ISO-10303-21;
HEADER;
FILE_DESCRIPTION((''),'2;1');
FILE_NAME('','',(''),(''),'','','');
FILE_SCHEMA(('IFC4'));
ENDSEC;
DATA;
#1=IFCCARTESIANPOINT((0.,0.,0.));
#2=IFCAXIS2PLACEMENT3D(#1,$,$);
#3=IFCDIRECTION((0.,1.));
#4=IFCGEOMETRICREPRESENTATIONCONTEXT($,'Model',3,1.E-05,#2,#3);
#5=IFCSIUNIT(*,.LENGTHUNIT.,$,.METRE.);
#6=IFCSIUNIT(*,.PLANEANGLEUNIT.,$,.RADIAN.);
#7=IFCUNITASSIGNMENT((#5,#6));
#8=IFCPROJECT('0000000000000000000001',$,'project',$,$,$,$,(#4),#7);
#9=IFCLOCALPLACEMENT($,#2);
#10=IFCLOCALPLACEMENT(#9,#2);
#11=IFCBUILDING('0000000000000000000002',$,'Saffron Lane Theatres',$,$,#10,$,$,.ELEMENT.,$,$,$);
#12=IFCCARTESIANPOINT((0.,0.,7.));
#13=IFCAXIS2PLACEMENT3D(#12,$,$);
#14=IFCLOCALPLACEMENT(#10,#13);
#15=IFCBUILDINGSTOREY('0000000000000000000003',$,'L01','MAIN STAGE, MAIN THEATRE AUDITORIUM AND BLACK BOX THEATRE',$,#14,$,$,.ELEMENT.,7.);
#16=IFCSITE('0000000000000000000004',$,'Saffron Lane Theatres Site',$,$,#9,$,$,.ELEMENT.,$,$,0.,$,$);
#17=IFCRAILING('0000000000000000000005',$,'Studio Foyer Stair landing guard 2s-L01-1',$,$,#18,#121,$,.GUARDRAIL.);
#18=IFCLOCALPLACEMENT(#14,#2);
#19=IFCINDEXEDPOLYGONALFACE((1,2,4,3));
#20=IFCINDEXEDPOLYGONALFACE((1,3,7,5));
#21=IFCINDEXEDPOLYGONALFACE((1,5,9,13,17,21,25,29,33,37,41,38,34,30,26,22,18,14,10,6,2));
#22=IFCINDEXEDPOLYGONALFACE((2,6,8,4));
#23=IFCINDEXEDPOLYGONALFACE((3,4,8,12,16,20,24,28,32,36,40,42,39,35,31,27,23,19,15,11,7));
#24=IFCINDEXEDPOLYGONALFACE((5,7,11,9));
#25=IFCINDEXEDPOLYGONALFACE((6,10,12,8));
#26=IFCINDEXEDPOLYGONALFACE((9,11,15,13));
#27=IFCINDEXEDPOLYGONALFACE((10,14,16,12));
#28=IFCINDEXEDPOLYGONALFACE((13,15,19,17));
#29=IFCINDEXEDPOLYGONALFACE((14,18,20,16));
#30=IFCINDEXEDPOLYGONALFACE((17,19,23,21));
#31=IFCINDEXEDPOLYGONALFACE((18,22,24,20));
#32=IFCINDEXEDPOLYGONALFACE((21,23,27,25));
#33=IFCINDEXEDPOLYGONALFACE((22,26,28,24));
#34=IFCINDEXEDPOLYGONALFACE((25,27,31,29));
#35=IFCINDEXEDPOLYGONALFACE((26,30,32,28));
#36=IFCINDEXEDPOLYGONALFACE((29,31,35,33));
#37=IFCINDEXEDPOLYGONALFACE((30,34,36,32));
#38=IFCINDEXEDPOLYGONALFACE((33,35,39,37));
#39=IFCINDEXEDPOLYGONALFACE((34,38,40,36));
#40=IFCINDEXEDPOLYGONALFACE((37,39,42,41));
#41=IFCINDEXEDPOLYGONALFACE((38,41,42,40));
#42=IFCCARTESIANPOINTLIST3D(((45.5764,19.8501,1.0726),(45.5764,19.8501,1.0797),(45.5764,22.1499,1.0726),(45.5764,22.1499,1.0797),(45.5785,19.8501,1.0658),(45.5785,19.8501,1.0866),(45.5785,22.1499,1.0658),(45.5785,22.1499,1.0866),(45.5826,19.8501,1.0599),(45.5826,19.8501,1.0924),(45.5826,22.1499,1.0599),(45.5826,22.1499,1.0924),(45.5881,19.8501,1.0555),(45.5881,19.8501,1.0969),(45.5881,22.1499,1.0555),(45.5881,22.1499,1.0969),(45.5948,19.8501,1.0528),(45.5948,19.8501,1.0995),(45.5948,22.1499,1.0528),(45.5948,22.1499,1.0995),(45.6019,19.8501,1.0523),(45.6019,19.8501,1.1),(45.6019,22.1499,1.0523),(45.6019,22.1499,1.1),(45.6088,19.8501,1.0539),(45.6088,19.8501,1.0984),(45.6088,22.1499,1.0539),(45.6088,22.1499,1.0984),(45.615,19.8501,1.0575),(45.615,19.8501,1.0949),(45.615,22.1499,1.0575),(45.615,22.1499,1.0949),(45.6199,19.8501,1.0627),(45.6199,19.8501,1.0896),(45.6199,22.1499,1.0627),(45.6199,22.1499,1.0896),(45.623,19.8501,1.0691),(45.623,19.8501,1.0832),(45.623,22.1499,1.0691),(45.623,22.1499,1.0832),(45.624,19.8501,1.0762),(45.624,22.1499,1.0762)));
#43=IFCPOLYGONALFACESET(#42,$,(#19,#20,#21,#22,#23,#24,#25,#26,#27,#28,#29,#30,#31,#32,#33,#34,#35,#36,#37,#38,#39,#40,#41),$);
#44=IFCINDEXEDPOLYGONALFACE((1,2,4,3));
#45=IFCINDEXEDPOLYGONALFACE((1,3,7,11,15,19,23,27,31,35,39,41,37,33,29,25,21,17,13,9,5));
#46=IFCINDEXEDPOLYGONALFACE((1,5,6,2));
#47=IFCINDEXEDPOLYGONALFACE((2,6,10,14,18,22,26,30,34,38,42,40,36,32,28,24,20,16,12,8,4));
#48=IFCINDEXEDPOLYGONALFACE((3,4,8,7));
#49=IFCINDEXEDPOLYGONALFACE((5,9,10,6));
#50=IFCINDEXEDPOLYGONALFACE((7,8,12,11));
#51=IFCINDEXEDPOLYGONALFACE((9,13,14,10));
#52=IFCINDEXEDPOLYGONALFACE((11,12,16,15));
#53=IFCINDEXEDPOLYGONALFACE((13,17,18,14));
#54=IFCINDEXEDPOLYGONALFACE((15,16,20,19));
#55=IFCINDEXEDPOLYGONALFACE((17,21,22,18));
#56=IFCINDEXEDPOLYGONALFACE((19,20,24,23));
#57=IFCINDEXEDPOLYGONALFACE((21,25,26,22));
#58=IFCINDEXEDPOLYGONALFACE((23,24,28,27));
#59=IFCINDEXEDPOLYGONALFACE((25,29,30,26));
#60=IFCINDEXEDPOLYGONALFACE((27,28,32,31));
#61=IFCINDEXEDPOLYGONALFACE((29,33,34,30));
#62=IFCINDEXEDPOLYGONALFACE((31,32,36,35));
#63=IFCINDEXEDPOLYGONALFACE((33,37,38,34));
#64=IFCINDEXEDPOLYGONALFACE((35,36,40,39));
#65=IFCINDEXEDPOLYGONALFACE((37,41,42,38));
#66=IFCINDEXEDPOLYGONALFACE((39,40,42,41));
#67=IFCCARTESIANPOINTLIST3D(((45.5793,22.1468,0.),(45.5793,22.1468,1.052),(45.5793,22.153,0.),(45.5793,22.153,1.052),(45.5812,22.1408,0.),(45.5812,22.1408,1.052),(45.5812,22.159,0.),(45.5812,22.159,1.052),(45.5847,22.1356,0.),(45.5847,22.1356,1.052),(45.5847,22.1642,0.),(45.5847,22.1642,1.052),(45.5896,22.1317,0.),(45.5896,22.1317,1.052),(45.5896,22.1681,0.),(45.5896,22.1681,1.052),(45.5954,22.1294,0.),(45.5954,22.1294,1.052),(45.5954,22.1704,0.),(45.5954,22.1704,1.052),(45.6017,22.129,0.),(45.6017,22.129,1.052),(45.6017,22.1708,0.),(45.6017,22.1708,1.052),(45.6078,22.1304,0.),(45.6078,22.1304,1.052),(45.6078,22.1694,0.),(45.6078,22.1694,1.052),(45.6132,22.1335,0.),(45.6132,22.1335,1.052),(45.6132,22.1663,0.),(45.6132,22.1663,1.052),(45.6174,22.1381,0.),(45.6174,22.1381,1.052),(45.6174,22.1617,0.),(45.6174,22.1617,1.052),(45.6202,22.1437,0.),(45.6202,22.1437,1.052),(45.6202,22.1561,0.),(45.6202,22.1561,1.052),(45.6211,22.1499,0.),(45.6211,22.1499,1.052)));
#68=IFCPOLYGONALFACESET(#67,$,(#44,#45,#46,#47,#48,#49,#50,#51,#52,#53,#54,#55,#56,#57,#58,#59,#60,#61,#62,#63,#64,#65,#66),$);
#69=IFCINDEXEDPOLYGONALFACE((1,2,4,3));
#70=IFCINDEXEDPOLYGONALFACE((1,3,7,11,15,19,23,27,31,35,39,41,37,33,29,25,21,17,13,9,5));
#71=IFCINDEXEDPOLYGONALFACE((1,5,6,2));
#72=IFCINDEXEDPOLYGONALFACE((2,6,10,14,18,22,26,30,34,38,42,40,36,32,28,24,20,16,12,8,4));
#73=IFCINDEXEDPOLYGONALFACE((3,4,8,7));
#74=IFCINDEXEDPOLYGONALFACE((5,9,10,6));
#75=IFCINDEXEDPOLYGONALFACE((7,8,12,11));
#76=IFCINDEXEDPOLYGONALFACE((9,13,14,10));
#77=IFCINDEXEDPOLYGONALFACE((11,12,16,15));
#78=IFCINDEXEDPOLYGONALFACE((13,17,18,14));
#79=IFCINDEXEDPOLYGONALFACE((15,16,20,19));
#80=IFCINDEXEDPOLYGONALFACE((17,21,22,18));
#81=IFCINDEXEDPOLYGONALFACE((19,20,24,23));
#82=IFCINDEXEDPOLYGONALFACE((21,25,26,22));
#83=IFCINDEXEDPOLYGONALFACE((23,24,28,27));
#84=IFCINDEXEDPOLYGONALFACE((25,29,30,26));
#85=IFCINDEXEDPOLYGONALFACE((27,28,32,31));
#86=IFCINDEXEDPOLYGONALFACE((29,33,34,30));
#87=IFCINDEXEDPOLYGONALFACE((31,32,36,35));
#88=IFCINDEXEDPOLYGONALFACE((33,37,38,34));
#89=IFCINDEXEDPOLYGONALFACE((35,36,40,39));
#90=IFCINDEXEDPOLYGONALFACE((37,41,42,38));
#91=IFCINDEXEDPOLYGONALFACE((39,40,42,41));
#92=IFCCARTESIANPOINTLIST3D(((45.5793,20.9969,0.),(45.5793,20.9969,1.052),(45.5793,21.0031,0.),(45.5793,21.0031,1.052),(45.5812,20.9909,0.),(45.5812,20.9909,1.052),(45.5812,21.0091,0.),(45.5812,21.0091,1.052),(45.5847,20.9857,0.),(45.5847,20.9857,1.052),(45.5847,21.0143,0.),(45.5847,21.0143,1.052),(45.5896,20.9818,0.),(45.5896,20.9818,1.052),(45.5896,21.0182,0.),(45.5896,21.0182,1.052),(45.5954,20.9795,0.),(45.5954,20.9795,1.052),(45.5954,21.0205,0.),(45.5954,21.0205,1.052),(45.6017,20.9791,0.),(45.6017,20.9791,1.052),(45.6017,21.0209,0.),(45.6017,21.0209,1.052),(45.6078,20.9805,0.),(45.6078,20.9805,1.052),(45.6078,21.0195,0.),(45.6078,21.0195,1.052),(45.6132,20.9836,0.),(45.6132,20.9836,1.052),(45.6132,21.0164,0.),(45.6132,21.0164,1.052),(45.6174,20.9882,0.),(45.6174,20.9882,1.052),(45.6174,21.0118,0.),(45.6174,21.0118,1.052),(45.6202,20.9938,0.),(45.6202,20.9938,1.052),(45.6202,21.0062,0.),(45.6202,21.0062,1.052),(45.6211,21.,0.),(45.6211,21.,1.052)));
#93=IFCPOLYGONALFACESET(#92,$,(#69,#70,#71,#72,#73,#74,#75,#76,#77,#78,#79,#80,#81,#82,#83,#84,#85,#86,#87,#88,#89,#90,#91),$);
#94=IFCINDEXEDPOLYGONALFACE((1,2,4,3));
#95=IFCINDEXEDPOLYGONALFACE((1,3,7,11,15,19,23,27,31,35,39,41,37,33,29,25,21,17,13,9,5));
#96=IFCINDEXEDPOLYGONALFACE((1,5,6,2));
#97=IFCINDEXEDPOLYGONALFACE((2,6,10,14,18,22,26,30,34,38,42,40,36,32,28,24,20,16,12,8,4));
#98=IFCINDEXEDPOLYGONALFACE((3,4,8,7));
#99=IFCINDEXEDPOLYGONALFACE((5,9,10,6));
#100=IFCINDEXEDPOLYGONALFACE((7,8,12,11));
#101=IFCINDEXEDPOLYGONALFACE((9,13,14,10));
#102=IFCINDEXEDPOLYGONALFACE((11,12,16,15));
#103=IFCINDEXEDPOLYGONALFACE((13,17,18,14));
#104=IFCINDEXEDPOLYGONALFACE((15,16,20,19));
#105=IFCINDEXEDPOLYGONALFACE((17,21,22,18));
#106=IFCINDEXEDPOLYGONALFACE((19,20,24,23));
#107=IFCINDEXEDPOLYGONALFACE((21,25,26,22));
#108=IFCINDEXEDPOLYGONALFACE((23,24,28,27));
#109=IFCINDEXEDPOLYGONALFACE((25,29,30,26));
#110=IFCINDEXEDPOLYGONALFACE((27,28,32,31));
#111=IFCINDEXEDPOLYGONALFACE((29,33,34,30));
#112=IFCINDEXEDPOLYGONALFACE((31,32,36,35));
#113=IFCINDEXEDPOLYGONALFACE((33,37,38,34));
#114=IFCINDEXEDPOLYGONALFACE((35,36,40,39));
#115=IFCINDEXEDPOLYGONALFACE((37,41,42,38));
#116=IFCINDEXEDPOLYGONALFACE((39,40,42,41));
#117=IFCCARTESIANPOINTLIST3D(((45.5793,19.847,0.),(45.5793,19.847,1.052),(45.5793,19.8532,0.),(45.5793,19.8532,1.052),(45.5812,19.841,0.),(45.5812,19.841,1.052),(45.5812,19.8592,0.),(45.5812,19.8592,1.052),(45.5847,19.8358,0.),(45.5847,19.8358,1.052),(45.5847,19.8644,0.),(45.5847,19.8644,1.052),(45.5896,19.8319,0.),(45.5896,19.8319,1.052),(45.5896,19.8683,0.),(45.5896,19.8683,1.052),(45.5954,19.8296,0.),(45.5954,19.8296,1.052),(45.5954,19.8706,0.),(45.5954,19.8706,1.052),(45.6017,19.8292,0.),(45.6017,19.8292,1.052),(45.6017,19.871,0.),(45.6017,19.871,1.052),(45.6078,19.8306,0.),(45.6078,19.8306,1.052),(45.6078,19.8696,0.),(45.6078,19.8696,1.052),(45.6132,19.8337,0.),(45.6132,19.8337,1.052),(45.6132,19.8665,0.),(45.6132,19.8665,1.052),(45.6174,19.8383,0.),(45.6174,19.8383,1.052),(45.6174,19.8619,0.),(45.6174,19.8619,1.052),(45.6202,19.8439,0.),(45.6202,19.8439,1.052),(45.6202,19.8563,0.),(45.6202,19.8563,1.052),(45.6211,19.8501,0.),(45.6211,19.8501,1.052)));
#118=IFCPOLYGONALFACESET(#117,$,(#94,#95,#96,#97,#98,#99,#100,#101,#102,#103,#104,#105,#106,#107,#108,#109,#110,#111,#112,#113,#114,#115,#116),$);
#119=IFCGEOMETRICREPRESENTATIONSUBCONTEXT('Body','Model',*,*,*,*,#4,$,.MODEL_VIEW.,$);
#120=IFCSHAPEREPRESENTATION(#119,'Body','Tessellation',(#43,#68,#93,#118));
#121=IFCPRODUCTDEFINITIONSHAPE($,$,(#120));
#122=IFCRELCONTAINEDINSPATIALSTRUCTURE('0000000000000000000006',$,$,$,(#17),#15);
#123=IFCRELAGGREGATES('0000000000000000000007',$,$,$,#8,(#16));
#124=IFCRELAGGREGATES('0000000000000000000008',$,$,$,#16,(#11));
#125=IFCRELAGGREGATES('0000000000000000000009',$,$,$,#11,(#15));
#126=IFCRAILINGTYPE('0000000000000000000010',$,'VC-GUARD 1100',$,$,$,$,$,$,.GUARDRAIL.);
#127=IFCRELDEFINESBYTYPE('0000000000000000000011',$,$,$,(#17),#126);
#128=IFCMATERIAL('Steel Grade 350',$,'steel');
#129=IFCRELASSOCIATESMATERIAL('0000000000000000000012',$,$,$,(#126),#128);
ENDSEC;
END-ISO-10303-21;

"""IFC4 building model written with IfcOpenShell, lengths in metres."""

from ifc_helpers import new_model, si_unit, direction, frame, origin, origin_2d, place, context, subcontext, project, spatial, circle, extrude, material, type_object, element, save


model = new_model("IFC4")

# Units and contexts
model_context = context("Model", 3, precision=1e-05, world=origin(), true_north=direction((0.0, 1.0)))
body_context = subcontext(model_context, "Body", "Model", "MODEL_VIEW")
ifc_project = project(units=[si_unit("LENGTHUNIT", "METRE"), si_unit("PLANEANGLEUNIT", "RADIAN")], contexts=[model_context])

# Site, building, storey
site_placement = place(None, origin())
site = spatial("IfcSite", under=ifc_project, at=site_placement, Name="Saffron Lane Theatres Site", CompositionType="ELEMENT", RefElevation=0.0)
building_placement = place(site_placement, origin())
building = spatial("IfcBuilding", under=site, at=building_placement, Name="Saffron Lane Theatres", CompositionType="ELEMENT")
storey_placement = place(building_placement, frame((0.0, 0.0, 7.0)))
storey = spatial("IfcBuildingStorey", under=building, at=storey_placement, Name="L01", Description="MAIN STAGE, MAIN THEATRE AUDITORIUM AND BLACK BOX THEATRE", CompositionType="ELEMENT", Elevation=7.0)

# Railing
ifc_material_1 = material(Name="Steel Grade 350", Category="steel")
railing_type_1 = type_object("IfcRailingType", Name="VC-GUARD 1100", PredefinedType="GUARDRAIL", material=ifc_material_1)
railing_1_placement = place(storey_placement, frame((45.6001, 22.1499, 0.0)))
element("IfcRailing", 1, at=railing_1_placement, inside=storey, type_object=railing_type_1, Name="Studio Foyer Stair landing guard 2s-L01-1", PredefinedType="GUARDRAIL", context=body_context, shape_type="SweptSolid", body=[
    extrude(circle(Radius=0.0239, at=origin_2d()), frame((0.0, 0.0, 1.0762), z_axis=(0.0, -1.0, 0.0), x_axis=(1.0, 0.0, 0.0)), (0.0, 0.0, 1.0), 2.2998),
    extrude(circle(Radius=0.021, at=origin_2d()), origin(), (0.0, 0.0, 1.0), 1.052),
    extrude(circle(Radius=0.021, at=origin_2d()), frame((0.0, -1.1499, 0.0)), (0.0, 0.0, 1.0), 1.052),
    extrude(circle(Radius=0.021, at=origin_2d()), frame((0.0, -2.2998, 0.0)), (0.0, 0.0, 1.0), 1.052),
])

save(model, "model.ifc")
